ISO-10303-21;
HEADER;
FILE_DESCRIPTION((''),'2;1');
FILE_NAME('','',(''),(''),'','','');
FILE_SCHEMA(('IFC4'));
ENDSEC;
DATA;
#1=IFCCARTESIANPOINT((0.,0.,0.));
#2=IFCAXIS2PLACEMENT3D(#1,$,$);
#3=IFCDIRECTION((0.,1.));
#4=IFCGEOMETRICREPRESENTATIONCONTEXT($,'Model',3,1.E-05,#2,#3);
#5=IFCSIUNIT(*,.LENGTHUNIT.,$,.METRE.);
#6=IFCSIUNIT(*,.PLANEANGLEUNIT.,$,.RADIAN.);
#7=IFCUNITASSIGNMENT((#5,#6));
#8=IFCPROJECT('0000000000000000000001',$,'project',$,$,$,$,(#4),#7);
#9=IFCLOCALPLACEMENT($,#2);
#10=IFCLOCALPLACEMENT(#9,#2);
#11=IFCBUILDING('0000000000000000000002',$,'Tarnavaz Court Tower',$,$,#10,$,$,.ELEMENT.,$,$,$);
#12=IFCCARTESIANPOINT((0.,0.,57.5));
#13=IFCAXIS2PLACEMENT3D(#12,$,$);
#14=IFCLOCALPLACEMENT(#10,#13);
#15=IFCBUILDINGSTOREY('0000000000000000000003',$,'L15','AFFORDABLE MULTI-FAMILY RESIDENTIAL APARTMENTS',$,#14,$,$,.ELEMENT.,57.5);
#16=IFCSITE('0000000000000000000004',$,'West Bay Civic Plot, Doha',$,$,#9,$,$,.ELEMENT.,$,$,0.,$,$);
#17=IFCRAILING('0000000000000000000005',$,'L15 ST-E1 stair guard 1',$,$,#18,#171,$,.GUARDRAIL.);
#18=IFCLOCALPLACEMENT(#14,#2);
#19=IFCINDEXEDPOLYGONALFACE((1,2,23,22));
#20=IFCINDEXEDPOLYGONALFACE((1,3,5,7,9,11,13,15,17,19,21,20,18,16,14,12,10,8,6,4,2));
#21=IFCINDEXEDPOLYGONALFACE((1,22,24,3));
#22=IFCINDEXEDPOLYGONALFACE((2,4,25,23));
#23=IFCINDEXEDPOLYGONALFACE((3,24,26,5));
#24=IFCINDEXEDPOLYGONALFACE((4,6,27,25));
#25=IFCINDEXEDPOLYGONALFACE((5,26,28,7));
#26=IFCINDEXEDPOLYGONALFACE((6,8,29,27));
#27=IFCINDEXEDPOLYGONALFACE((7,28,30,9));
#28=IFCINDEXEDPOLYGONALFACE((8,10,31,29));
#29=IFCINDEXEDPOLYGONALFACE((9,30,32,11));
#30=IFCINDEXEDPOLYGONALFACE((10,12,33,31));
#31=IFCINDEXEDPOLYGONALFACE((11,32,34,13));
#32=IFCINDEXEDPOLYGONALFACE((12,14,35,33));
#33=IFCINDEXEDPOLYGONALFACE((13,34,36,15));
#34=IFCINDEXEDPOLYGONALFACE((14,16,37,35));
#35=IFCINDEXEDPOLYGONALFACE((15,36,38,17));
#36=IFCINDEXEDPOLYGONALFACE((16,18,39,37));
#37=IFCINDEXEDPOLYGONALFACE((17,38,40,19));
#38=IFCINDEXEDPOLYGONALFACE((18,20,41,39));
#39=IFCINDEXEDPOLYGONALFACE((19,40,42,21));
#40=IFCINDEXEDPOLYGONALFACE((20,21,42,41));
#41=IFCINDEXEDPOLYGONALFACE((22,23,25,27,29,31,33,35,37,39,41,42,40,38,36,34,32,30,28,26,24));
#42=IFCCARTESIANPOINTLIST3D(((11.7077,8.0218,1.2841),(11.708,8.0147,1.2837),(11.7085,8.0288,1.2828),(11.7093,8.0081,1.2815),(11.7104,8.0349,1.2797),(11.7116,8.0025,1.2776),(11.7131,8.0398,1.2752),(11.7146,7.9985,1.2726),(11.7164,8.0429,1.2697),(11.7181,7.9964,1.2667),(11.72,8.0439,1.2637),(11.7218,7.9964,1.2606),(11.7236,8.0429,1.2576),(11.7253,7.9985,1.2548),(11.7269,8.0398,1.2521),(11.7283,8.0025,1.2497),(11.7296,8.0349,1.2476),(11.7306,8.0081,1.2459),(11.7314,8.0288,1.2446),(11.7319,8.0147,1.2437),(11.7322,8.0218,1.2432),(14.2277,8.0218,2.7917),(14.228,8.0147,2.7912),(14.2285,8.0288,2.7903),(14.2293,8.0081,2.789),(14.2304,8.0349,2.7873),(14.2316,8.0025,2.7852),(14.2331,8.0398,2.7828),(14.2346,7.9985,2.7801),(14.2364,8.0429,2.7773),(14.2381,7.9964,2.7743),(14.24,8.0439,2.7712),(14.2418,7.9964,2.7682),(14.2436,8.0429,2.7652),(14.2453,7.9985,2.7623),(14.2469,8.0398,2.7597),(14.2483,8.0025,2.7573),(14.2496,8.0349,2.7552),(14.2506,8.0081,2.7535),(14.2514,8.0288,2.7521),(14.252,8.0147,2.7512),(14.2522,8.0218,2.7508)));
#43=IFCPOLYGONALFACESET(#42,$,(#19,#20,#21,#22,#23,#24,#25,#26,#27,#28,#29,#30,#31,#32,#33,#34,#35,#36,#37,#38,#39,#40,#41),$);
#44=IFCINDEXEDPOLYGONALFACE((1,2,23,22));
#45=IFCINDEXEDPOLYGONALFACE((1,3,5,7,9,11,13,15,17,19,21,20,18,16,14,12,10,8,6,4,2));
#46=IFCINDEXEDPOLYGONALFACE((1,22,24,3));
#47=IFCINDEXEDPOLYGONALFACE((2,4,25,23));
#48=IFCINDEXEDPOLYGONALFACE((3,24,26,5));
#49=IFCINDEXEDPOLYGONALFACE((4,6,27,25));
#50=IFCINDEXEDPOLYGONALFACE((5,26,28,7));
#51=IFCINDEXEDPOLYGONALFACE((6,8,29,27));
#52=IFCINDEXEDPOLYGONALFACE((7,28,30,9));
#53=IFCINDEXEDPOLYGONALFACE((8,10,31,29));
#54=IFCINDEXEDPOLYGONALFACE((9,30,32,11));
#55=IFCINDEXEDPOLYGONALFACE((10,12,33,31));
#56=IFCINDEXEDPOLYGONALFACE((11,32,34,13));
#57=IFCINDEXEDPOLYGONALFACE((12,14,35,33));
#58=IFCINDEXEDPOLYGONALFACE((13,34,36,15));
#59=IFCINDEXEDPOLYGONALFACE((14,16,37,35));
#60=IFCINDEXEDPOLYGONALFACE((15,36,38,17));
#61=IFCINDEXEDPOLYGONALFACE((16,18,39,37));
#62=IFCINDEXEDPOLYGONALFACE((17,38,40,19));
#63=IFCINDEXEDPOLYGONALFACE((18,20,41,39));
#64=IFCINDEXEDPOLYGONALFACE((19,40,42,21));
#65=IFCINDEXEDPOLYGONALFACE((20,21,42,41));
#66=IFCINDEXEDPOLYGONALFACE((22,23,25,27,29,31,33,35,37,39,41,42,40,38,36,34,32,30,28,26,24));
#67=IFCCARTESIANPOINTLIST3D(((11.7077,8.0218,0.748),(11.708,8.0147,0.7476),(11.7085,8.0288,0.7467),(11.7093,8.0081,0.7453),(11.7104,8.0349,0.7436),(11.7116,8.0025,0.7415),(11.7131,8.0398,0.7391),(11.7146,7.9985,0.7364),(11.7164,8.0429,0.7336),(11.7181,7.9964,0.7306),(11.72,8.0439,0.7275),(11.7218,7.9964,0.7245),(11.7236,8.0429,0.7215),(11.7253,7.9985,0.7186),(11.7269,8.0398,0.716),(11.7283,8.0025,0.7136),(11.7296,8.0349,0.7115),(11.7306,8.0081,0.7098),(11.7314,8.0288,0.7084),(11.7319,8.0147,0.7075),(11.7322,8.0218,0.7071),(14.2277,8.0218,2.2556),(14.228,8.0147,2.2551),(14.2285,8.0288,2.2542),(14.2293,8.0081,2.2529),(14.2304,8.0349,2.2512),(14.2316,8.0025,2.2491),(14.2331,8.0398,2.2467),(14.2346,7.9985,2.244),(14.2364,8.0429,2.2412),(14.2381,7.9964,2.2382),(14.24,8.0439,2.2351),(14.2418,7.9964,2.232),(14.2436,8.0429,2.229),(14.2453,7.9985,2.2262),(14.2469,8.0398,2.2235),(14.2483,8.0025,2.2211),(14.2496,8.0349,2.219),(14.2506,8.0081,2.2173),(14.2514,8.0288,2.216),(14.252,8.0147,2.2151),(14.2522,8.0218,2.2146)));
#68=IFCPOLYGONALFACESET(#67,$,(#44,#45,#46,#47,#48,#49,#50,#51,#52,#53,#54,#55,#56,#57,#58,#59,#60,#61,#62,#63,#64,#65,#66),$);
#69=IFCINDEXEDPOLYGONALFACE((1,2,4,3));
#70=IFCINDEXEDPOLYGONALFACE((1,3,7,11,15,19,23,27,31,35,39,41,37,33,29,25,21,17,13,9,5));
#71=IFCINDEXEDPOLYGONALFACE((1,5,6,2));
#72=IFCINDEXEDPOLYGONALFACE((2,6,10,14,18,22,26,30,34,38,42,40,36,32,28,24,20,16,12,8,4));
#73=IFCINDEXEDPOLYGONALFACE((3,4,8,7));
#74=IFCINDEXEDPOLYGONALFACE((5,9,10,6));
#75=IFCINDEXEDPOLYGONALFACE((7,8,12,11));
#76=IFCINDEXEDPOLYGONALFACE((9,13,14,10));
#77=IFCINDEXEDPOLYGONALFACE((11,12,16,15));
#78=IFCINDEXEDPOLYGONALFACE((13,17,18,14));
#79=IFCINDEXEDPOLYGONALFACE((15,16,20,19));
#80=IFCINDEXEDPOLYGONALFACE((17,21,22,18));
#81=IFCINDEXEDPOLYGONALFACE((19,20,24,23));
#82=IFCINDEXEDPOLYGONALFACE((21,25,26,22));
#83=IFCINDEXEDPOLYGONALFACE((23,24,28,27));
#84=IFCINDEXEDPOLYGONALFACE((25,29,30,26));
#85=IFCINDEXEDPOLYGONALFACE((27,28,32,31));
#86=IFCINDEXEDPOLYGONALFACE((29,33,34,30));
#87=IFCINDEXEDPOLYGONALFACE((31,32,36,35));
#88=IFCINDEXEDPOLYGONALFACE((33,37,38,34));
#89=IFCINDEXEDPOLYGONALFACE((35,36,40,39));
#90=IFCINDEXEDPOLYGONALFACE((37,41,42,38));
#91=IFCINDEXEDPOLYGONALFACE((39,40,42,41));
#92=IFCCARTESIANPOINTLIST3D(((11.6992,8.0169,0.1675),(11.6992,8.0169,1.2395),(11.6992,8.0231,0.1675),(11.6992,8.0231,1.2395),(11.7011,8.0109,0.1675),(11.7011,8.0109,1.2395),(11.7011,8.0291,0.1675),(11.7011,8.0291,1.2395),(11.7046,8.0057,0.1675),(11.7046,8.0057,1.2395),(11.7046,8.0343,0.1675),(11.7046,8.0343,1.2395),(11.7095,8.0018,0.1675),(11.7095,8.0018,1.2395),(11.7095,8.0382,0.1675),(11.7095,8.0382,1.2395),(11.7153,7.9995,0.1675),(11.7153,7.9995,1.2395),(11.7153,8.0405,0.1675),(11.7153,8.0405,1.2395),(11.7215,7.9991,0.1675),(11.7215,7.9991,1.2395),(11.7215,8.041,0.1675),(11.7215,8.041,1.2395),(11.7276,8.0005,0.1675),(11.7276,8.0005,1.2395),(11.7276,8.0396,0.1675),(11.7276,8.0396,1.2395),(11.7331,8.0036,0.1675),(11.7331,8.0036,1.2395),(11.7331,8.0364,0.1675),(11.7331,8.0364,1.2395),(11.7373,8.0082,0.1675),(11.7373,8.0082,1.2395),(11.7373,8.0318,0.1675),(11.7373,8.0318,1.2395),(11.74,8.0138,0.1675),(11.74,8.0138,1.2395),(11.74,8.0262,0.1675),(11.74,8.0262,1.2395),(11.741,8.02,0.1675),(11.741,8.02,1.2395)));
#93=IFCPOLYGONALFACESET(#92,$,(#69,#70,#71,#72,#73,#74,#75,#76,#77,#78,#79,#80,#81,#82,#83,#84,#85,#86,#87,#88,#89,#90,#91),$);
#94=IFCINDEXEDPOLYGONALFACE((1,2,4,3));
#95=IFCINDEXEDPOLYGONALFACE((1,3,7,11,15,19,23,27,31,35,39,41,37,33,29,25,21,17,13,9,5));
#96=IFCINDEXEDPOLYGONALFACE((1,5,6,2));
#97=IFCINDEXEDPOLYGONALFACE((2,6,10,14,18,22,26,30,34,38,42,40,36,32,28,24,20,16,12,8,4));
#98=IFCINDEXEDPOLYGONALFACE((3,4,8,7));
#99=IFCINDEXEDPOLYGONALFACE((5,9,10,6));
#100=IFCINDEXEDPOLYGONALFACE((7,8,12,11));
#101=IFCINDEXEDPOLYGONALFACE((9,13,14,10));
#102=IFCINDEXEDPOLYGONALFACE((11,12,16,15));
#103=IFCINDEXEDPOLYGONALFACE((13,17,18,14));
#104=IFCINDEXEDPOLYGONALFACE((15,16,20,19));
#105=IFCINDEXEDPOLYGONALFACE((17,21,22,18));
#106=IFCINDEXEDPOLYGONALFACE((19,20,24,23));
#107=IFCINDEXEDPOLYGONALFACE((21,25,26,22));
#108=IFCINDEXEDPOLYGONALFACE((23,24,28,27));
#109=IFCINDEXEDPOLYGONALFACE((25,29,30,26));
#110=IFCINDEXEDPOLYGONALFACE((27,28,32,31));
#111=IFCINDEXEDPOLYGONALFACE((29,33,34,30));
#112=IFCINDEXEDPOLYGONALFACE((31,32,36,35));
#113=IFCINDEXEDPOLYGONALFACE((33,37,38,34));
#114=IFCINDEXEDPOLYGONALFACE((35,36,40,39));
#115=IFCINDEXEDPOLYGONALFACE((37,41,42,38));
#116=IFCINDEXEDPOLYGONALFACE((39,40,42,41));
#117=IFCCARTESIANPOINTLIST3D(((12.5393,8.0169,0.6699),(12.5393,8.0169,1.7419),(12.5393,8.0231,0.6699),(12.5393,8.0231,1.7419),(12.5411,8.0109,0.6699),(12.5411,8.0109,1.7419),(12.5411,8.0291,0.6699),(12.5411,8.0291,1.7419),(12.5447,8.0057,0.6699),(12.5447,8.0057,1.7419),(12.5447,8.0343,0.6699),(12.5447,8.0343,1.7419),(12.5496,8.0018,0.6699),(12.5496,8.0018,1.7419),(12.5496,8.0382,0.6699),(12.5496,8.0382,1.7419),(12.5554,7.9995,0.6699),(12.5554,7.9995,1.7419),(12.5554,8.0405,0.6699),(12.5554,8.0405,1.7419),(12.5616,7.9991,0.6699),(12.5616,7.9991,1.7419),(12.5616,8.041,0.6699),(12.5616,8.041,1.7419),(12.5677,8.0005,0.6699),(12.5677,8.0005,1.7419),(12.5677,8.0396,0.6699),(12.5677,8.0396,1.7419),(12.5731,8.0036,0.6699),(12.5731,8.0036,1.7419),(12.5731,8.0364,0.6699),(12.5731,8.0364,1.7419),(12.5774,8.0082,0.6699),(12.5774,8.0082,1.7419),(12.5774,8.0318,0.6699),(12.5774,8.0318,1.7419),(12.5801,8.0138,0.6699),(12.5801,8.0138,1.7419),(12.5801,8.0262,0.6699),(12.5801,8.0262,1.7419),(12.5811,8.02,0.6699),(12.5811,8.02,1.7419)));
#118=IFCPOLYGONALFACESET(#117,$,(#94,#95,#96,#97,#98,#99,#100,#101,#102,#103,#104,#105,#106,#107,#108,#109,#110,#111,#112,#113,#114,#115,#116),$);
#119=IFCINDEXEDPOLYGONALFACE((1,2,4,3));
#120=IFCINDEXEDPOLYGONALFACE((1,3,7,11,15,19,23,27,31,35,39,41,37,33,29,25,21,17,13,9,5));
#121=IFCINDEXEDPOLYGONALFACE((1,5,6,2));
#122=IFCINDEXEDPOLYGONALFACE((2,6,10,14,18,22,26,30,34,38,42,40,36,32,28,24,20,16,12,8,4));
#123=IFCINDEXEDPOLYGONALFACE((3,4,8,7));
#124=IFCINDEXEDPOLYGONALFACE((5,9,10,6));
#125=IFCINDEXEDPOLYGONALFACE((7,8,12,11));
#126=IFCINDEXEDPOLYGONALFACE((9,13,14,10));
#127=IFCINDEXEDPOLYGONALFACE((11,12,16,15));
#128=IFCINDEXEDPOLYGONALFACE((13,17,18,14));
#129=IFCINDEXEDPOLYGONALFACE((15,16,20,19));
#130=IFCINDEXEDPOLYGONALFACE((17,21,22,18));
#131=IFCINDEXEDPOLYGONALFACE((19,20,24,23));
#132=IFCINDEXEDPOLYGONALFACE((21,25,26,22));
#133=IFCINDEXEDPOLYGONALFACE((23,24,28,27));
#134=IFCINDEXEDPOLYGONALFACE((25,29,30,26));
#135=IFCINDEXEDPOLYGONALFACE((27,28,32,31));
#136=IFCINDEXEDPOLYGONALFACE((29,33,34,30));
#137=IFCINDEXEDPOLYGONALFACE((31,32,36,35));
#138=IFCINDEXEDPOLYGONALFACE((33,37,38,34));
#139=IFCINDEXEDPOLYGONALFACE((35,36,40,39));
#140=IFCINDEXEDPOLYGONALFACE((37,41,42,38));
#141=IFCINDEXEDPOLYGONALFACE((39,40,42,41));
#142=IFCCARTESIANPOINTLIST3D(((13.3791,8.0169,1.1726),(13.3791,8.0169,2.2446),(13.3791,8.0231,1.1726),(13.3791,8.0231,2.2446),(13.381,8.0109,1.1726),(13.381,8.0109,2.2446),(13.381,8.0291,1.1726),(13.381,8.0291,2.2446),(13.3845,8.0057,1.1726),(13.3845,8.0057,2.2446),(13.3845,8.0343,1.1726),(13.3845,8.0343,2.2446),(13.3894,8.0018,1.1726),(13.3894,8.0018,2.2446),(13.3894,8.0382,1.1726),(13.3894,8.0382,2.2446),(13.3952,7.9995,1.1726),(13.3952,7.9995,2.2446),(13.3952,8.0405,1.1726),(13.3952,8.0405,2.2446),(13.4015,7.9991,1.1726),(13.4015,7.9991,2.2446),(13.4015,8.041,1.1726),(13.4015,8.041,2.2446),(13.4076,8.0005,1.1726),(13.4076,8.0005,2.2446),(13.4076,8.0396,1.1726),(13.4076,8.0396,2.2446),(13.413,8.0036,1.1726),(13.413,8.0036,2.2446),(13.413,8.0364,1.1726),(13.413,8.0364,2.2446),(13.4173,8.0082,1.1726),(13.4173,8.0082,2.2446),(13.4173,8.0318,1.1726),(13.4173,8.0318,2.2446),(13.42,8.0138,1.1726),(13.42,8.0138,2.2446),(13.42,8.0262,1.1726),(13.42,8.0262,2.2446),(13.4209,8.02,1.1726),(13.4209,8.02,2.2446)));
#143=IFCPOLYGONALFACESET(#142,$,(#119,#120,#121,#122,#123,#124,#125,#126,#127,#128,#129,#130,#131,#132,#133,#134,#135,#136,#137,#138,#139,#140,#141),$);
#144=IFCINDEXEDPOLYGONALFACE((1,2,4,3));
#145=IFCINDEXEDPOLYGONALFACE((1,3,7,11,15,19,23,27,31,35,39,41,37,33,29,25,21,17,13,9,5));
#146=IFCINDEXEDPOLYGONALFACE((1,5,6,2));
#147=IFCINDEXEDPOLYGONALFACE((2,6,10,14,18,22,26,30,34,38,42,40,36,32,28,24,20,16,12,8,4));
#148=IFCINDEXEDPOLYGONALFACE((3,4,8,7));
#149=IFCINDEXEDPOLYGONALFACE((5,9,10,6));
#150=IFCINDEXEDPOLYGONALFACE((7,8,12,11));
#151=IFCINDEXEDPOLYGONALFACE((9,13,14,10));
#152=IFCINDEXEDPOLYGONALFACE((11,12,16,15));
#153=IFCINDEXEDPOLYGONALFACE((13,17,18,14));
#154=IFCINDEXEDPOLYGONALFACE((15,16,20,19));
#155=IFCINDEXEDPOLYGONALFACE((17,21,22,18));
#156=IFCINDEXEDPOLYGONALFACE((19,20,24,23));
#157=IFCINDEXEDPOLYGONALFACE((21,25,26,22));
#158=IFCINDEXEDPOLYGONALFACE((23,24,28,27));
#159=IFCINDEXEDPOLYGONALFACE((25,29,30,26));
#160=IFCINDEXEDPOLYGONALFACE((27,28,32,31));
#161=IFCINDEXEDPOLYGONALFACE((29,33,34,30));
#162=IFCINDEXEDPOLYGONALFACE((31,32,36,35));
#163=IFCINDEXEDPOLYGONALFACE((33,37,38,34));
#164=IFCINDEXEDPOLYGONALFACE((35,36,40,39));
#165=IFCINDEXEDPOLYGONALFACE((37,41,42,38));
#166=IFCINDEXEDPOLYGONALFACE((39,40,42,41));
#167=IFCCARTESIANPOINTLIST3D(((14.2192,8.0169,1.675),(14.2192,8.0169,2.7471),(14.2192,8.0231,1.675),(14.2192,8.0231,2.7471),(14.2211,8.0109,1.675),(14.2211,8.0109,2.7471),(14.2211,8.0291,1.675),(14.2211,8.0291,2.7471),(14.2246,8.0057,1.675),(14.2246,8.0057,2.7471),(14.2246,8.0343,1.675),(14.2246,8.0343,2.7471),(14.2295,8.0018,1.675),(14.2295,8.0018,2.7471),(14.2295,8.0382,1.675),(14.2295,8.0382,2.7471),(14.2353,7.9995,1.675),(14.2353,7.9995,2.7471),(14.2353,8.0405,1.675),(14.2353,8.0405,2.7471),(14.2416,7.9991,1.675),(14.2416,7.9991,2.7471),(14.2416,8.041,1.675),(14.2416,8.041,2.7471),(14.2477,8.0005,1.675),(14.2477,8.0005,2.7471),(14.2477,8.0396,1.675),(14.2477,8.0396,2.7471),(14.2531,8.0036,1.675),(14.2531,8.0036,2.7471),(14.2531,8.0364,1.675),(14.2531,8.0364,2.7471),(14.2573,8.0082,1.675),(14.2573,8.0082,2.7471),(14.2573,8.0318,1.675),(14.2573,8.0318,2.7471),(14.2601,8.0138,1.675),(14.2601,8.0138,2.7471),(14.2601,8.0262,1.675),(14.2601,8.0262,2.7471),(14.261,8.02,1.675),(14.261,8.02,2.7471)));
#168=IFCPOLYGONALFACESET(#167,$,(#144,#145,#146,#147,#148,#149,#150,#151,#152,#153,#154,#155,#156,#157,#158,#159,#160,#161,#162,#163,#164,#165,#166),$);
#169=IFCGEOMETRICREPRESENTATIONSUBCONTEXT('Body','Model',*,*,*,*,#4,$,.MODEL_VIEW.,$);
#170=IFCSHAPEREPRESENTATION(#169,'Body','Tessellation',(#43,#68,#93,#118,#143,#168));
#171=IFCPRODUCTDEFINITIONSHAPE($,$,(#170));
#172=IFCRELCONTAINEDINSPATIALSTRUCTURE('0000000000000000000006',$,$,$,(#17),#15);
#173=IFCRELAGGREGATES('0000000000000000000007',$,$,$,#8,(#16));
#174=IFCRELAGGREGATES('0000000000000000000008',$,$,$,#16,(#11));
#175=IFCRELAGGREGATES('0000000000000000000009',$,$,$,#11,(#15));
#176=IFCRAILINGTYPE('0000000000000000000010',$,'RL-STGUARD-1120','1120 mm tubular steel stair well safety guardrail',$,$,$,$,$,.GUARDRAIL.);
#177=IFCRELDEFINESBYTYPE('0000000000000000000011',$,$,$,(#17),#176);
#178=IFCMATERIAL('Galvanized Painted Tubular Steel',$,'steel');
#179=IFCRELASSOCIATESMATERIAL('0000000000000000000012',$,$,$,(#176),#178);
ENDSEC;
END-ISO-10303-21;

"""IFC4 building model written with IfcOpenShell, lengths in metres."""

from ifc_helpers import new_model, si_unit, direction, frame, origin, origin_2d, place, context, subcontext, project, spatial, circle, extrude, material, type_object, element, save


model = new_model("IFC4")

# Units and contexts
model_context = context("Model", 3, precision=1e-05, world=origin(), true_north=direction((0.0, 1.0)))
body_context = subcontext(model_context, "Body", "Model", "MODEL_VIEW")
ifc_project = project(units=[si_unit("LENGTHUNIT", "METRE"), si_unit("PLANEANGLEUNIT", "RADIAN")], contexts=[model_context])

# Site, building, storey
site_placement = place(None, origin())
site = spatial("IfcSite", under=ifc_project, at=site_placement, Name="West Bay Civic Plot, Doha", CompositionType="ELEMENT", RefElevation=0.0)
building_placement = place(site_placement, origin())
building = spatial("IfcBuilding", under=site, at=building_placement, Name="Tarnavaz Court Tower", CompositionType="ELEMENT")
storey_placement = place(building_placement, frame((0.0, 0.0, 57.5)))
storey = spatial("IfcBuildingStorey", under=building, at=storey_placement, Name="L15", Description="AFFORDABLE MULTI-FAMILY RESIDENTIAL APARTMENTS", CompositionType="ELEMENT", Elevation=57.5)

# Railing
ifc_material_1 = material(Name="Galvanized Painted Tubular Steel", Category="steel")
railing_type_1 = type_object("IfcRailingType", Name="RL-STGUARD-1120", Description="1120 mm tubular steel stair well safety guardrail", PredefinedType="GUARDRAIL", material=ifc_material_1)
railing_1_placement = place(storey_placement, frame((11.72, 8.02, 0.1675)))
element("IfcRailing", 1, at=railing_1_placement, inside=storey, type_object=railing_type_1, Name="L15 ST-E1 stair guard 1", PredefinedType="GUARDRAIL", context=body_context, shape_type="SweptSolid", body=[
    extrude(circle(Radius=0.0239, at=origin_2d()), frame((0.0, 0.0, 1.0962), z_axis=(0.85816, 0.0, 0.513383), x_axis=(0.0, 1.0, 0.0)), (0.0, 0.0, 1.0), 2.9365),
    extrude(circle(Radius=0.0239, at=origin_2d()), frame((0.0, 0.0, 0.5601), z_axis=(0.85816, 0.0, 0.513383), x_axis=(0.0, 1.0, 0.0)), (0.0, 0.0, 1.0), 2.9365),
    extrude(circle(Radius=0.021, at=origin_2d()), origin(), (0.0, 0.0, 1.0), 1.072),
    extrude(circle(Radius=0.021, at=origin_2d()), frame((0.8401, 0.0, 0.5024)), (0.0, 0.0, 1.0), 1.072),
    extrude(circle(Radius=0.021, at=origin_2d()), frame((1.6799, 0.0, 1.0051)), (0.0, 0.0, 1.0), 1.072),
    extrude(circle(Radius=0.021, at=origin_2d()), frame((2.52, 0.0, 1.5076)), (0.0, 0.0, 1.0), 1.072),
])

save(model, "model.ifc")
